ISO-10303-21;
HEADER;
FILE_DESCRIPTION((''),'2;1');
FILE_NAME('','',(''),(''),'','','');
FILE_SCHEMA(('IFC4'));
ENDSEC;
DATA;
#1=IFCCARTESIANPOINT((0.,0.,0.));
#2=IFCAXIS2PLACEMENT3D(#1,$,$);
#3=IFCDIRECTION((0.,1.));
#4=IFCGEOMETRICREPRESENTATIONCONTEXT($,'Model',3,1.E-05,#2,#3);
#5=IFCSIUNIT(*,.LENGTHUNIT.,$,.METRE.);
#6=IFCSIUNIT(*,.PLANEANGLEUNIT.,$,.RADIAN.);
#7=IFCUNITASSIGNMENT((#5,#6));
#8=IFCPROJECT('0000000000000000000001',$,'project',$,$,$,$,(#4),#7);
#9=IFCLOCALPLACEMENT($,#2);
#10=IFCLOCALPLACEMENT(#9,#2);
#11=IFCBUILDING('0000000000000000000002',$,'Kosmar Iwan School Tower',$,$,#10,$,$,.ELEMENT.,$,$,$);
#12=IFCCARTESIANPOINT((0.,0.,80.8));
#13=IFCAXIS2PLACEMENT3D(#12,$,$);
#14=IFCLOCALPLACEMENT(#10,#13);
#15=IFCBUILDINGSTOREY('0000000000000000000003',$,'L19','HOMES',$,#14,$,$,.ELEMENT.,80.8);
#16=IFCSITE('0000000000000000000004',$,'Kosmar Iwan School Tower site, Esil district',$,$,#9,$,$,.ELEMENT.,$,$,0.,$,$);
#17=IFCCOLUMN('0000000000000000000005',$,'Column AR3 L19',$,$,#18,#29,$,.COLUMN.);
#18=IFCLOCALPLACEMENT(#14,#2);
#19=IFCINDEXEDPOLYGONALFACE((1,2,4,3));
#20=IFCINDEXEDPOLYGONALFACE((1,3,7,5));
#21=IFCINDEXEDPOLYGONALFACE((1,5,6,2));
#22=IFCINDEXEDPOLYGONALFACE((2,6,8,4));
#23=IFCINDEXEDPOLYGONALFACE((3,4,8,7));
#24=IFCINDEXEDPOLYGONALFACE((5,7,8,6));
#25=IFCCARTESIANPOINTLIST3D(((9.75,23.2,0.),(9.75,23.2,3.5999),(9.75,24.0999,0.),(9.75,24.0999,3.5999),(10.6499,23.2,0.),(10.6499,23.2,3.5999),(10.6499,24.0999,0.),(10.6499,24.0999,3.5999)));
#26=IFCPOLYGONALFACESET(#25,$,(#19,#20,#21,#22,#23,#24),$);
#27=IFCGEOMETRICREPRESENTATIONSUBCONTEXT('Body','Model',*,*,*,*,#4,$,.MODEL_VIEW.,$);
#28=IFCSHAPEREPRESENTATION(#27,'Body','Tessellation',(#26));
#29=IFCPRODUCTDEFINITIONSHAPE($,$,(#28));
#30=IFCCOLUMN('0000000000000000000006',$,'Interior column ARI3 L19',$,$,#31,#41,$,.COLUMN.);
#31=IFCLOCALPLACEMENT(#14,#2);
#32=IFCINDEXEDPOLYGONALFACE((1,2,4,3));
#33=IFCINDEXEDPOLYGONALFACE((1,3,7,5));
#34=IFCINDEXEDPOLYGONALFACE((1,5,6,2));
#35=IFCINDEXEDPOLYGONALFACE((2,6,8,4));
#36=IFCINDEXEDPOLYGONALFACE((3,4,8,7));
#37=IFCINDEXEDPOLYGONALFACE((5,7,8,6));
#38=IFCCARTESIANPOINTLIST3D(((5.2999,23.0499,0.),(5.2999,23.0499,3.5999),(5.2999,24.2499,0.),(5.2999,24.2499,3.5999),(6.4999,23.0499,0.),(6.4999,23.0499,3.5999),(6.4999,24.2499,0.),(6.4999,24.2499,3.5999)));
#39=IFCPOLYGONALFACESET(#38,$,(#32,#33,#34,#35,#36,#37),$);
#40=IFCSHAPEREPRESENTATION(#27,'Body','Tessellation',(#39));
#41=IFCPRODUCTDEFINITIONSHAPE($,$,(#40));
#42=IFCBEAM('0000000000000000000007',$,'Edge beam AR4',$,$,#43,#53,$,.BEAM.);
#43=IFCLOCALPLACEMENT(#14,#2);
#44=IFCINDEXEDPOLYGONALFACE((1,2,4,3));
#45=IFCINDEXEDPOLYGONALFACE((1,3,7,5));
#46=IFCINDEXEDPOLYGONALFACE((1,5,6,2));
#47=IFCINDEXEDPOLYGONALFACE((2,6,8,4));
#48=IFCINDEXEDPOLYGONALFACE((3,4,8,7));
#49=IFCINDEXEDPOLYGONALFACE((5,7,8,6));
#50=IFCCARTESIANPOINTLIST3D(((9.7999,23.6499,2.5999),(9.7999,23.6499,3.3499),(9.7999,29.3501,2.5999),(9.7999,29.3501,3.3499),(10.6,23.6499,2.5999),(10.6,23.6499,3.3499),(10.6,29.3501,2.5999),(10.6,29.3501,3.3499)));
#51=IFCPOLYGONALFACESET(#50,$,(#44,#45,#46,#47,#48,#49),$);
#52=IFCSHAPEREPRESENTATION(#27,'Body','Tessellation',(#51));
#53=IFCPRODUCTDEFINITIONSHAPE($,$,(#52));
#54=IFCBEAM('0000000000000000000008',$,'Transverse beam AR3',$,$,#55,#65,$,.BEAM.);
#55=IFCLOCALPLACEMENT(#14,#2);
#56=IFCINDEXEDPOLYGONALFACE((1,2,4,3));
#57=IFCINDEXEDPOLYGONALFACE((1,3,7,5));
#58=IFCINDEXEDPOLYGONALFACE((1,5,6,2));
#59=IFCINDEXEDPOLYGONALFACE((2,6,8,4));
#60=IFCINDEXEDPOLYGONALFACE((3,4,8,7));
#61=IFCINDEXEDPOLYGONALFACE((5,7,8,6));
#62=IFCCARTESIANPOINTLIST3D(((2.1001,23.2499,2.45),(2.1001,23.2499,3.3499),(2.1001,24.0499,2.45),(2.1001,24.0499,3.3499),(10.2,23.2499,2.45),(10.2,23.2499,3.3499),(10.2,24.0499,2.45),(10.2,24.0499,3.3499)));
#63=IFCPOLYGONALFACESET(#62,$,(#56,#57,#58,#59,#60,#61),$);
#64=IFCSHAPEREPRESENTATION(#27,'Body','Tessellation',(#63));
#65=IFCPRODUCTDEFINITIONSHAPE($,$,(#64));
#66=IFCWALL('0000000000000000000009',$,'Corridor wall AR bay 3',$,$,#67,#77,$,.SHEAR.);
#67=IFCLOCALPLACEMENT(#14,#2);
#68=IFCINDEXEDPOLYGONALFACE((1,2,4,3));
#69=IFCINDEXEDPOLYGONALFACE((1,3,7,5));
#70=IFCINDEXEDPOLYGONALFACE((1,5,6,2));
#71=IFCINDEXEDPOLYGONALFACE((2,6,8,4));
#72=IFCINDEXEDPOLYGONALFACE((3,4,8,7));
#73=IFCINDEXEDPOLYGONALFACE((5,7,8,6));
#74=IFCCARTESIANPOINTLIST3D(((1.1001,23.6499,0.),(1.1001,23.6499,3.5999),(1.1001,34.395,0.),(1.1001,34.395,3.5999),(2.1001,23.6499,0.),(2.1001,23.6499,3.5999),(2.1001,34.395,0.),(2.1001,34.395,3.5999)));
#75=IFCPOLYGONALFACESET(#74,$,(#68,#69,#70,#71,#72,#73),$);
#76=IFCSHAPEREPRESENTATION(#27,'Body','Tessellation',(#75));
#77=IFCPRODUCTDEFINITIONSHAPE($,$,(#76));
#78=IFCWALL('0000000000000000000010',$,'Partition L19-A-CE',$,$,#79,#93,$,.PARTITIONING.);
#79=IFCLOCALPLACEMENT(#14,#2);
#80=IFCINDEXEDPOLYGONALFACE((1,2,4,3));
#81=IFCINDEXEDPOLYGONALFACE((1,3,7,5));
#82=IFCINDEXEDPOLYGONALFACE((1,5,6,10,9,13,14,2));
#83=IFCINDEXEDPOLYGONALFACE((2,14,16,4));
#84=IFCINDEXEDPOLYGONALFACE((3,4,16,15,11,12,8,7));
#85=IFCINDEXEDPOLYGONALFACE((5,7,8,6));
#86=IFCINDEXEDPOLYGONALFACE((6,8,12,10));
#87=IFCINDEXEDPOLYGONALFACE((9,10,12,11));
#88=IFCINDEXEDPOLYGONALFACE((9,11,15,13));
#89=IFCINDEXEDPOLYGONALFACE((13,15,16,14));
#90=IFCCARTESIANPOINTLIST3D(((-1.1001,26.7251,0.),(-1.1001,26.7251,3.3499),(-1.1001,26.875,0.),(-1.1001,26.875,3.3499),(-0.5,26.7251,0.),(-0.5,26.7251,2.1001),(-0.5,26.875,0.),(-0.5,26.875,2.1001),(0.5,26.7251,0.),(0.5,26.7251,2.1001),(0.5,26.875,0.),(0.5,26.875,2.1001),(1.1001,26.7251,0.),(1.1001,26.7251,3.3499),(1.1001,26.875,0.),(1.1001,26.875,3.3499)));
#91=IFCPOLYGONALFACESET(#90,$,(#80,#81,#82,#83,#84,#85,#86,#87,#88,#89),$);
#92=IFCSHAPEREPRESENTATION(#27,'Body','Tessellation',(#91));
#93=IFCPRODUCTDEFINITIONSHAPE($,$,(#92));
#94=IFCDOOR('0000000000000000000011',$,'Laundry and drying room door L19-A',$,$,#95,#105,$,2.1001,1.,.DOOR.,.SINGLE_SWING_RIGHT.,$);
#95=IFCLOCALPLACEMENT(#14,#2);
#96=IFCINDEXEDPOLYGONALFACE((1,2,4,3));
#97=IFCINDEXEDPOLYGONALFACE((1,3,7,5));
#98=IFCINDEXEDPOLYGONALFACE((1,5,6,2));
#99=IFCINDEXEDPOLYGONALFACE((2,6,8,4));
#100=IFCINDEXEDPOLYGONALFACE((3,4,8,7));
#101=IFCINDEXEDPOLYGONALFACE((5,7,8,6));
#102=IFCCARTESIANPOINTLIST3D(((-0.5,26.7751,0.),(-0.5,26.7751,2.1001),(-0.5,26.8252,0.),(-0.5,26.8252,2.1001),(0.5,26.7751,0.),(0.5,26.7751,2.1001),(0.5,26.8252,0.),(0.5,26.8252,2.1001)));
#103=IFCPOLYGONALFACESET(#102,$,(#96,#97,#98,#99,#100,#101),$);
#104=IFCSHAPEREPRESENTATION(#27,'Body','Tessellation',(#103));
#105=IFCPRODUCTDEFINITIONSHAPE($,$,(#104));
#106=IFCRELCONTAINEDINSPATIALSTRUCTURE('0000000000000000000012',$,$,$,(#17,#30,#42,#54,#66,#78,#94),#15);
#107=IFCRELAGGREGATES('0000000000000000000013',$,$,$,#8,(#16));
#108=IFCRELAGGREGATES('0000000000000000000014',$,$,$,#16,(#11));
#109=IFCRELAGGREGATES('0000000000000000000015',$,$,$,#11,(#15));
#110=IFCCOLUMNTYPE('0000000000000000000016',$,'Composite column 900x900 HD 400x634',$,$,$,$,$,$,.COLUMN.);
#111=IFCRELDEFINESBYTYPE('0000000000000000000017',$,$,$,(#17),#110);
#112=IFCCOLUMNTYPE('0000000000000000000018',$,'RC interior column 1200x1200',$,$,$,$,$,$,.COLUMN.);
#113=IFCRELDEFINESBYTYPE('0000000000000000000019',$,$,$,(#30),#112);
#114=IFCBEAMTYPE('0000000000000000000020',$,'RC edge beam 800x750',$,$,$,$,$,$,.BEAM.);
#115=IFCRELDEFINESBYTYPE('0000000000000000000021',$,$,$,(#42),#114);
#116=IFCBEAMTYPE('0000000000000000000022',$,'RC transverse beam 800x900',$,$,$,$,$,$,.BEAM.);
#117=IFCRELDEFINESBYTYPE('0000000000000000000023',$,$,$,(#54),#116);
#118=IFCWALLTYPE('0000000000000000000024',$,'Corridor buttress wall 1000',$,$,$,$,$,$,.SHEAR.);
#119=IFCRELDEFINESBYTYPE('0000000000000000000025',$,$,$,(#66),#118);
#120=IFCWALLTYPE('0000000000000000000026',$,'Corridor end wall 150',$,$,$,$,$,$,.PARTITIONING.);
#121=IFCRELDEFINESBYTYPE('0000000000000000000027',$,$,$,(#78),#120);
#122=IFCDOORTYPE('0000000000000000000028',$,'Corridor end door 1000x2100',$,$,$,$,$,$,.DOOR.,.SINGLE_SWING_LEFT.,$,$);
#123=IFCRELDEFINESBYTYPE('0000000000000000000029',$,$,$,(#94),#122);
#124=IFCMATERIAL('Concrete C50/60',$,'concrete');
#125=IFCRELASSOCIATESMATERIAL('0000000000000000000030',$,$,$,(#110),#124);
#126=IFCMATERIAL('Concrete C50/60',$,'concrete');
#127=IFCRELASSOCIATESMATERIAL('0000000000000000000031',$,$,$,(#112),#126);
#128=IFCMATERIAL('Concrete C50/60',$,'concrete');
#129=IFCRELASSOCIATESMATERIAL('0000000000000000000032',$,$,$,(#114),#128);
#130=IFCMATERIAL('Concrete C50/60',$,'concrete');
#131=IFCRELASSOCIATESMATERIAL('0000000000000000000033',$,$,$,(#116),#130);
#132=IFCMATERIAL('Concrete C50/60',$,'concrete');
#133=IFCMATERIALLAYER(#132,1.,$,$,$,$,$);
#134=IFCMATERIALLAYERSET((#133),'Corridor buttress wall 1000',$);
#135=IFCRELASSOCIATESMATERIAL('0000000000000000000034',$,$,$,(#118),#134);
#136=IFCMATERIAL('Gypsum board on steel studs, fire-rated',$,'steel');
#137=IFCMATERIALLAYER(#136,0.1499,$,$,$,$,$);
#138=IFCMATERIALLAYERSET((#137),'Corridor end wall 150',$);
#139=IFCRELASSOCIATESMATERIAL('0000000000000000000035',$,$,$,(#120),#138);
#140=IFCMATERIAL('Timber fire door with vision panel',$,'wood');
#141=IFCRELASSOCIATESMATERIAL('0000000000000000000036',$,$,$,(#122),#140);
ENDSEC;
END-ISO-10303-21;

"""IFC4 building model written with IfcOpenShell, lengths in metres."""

from ifc_helpers import new_model, si_unit, direction, frame, frame_2d, origin, origin_2d, place, context, subcontext, project, spatial, rectangle, extrude, material, layer, layer_set, material_profile, profile_set, type_object, element, fill, save


model = new_model("IFC4")

# Units and contexts
model_context = context("Model", 3, precision=1e-05, world=origin(), true_north=direction((0.0, 1.0)))
body_context = subcontext(model_context, "Body", "Model", "MODEL_VIEW")
ifc_project = project(units=[si_unit("LENGTHUNIT", "METRE"), si_unit("PLANEANGLEUNIT", "RADIAN")], contexts=[model_context])

# Site, building, storey
site_placement = place(None, origin())
site = spatial("IfcSite", under=ifc_project, at=site_placement, Name="Kosmar Iwan School Tower site, Esil district", CompositionType="ELEMENT", RefElevation=0.0)
building_placement = place(site_placement, origin())
building = spatial("IfcBuilding", under=site, at=building_placement, Name="Kosmar Iwan School Tower", CompositionType="ELEMENT")
storey_placement = place(building_placement, frame((0.0, 0.0, 80.8)))
storey = spatial("IfcBuildingStorey", under=building, at=storey_placement, Name="L19", Description="HOMES", CompositionType="ELEMENT", Elevation=80.8)

# Columns
ifc_material_1 = material(Name="Concrete C50/60", Category="concrete")
ifc_material_profile_1 = material_profile(ifc_material_1, rectangle(XDim=0.8999, YDim=0.8999, at=origin_2d()), Name="RC 900x900 + HD 400x634")
ifc_profile_set_1 = profile_set([ifc_material_profile_1], Name="Concrete C50/60")
column_type_1 = type_object("IfcColumnType", Name="Composite column 900x900 HD 400x634", PredefinedType="COLUMN", material=ifc_profile_set_1)
column_1_placement = place(storey_placement, frame((10.2, 23.6499, 0.0), z_axis=(0.0, 0.0, 1.0), x_axis=(0.0, 1.0, 0.0)))
element("IfcColumn", 1, at=column_1_placement, inside=storey, type_object=column_type_1, Name="Column AR3 L19", PredefinedType="COLUMN", context=body_context, shape_type="SweptSolid", body=[
    extrude(rectangle(XDim=0.8999, YDim=0.8999, at=origin_2d()), origin(), (0.0, 0.0, 1.0), 3.5999),
])
ifc_material_2 = material(Name="Concrete C50/60", Category="concrete")
ifc_material_profile_2 = material_profile(ifc_material_2, rectangle(XDim=1.2, YDim=1.2, at=origin_2d()), Name="RC 1200x1200")
ifc_profile_set_2 = profile_set([ifc_material_profile_2], Name="Concrete C50/60")
column_type_2 = type_object("IfcColumnType", Name="RC interior column 1200x1200", PredefinedType="COLUMN", material=ifc_profile_set_2)
column_2_placement = place(storey_placement, frame((5.8999, 23.6499, 0.0), z_axis=(0.0, 0.0, 1.0), x_axis=(0.0, 1.0, 0.0)))
element("IfcColumn", 2, at=column_2_placement, inside=storey, type_object=column_type_2, Name="Interior column ARI3 L19", PredefinedType="COLUMN", context=body_context, shape_type="SweptSolid", body=[
    extrude(rectangle(XDim=1.2, YDim=1.2, at=origin_2d()), origin(), (0.0, 0.0, 1.0), 3.5999),
])

# Beams
ifc_material_3 = material(Name="Concrete C50/60", Category="concrete")
ifc_material_profile_3 = material_profile(ifc_material_3, rectangle(XDim=0.8, YDim=0.75, at=origin_2d()), Name="RC 800x750")
ifc_profile_set_3 = profile_set([ifc_material_profile_3], Name="Concrete C50/60")
beam_type_1 = type_object("IfcBeamType", Name="RC edge beam 800x750", PredefinedType="BEAM", material=ifc_profile_set_3)
beam_1_placement = place(storey_placement, frame((10.2, 23.6499, 2.9749), z_axis=(0.0, 1.0, 0.0), x_axis=(-1.0, 0.0, 0.0)))
element("IfcBeam", 3, at=beam_1_placement, inside=storey, type_object=beam_type_1, Name="Edge beam AR4", PredefinedType="BEAM", context=body_context, shape_type="SweptSolid", body=[
    extrude(rectangle(XDim=0.8, YDim=0.75, at=origin_2d()), origin(), (0.0, 0.0, 1.0), 5.7002),
])
ifc_material_4 = material(Name="Concrete C50/60", Category="concrete")
ifc_material_profile_4 = material_profile(ifc_material_4, rectangle(XDim=0.8, YDim=0.8999, at=origin_2d()), Name="RC 800x900")
ifc_profile_set_4 = profile_set([ifc_material_profile_4], Name="Concrete C50/60")
beam_type_2 = type_object("IfcBeamType", Name="RC transverse beam 800x900", PredefinedType="BEAM", material=ifc_profile_set_4)
beam_2_placement = place(storey_placement, frame((10.2, 23.6499, 2.8999), z_axis=(-1.0, 0.0, 0.0), x_axis=(0.0, -1.0, 0.0)))
element("IfcBeam", 4, at=beam_2_placement, inside=storey, type_object=beam_type_2, Name="Transverse beam AR3", PredefinedType="BEAM", context=body_context, shape_type="SweptSolid", body=[
    extrude(rectangle(XDim=0.8, YDim=0.8999, at=origin_2d()), origin(), (0.0, 0.0, 1.0), 8.0999),
])

# Wall
ifc_material_5 = material(Name="Concrete C50/60", Category="concrete")
ifc_layer_1 = layer(ifc_material_5, 1.0)
ifc_layer_set_1 = layer_set([ifc_layer_1], Name="Corridor buttress wall 1000")
wall_type_1 = type_object("IfcWallType", Name="Corridor buttress wall 1000", PredefinedType="SHEAR", material=ifc_layer_set_1)
wall_1_placement = place(storey_placement, frame((1.6001, 23.6499, 0.0), z_axis=(0.0, 0.0, 1.0), x_axis=(0.0, 1.0, 0.0)))
element("IfcWall", 5, at=wall_1_placement, inside=storey, type_object=wall_type_1, Name="Corridor wall AR bay 3", PredefinedType="SHEAR", context=body_context, shape_type="SweptSolid", body=[
    extrude(rectangle(XDim=10.7451, YDim=1.0, at=frame_2d((5.3726, 0.0))), origin(), (0.0, 0.0, 1.0), 3.5999),
])

# Wall, opening, door
ifc_material_6 = material(Name="Gypsum board on steel studs, fire-rated", Category="steel")
ifc_layer_2 = layer(ifc_material_6, 0.1499)
ifc_layer_set_2 = layer_set([ifc_layer_2], Name="Corridor end wall 150")
wall_type_2 = type_object("IfcWallType", Name="Corridor end wall 150", PredefinedType="PARTITIONING", material=ifc_layer_set_2)
wall_2_placement = place(storey_placement, frame((1.1001, 26.8, 0.0), z_axis=(0.0, 0.0, 1.0), x_axis=(-1.0, 0.0, 0.0)))
wall_2 = element("IfcWall", 6, at=wall_2_placement, inside=storey, type_object=wall_type_2, Name="Partition L19-A-CE", PredefinedType="PARTITIONING", context=body_context, shape_type="SweptSolid", body=[
    extrude(rectangle(XDim=2.2002, YDim=0.1499, at=frame_2d((1.1001, 0.0))), origin(), (0.0, 0.0, 1.0), 3.3499),
])
opening_1_placement = place(wall_2_placement, frame((0.6001, 0.0, 0.0)))
opening_1 = element("IfcOpeningElement", 7, at=opening_1_placement, cuts=wall_2, PredefinedType="OPENING", context=body_context, shape_type="SweptSolid", body=[
    extrude(rectangle(XDim=1.0, YDim=2.1001, at=frame_2d((0.5, 1.05))), frame((0.0, 0.0869, 0.0), z_axis=(0.0, -1.0, 0.0), x_axis=(1.0, 0.0, 0.0)), (0.0, 0.0, 1.0), 0.1738),
])
ifc_material_7 = material(Name="Timber fire door with vision panel", Category="wood")
door_type_1 = type_object("IfcDoorType", Name="Corridor end door 1000x2100", OperationType="SINGLE_SWING_LEFT", PredefinedType="DOOR", material=ifc_material_7)
door_1_placement = place(opening_1_placement, origin())
door_1 = element("IfcDoor", 8, at=door_1_placement, inside=storey, type_object=door_type_1, Name="Laundry and drying room door L19-A", OperationType="SINGLE_SWING_RIGHT", OverallHeight=2.1001, OverallWidth=1.0, PredefinedType="DOOR", context=body_context, shape_type="SweptSolid", body=[
    extrude(rectangle(XDim=1.0, YDim=2.1001, at=frame_2d((0.5, 1.05))), frame((0.0, 0.0249, 0.0), z_axis=(0.0, -1.0, 0.0), x_axis=(1.0, 0.0, 0.0)), (0.0, 0.0, 1.0), 0.05),
])
fill(opening_1, door_1)

save(model, "model.ifc")
